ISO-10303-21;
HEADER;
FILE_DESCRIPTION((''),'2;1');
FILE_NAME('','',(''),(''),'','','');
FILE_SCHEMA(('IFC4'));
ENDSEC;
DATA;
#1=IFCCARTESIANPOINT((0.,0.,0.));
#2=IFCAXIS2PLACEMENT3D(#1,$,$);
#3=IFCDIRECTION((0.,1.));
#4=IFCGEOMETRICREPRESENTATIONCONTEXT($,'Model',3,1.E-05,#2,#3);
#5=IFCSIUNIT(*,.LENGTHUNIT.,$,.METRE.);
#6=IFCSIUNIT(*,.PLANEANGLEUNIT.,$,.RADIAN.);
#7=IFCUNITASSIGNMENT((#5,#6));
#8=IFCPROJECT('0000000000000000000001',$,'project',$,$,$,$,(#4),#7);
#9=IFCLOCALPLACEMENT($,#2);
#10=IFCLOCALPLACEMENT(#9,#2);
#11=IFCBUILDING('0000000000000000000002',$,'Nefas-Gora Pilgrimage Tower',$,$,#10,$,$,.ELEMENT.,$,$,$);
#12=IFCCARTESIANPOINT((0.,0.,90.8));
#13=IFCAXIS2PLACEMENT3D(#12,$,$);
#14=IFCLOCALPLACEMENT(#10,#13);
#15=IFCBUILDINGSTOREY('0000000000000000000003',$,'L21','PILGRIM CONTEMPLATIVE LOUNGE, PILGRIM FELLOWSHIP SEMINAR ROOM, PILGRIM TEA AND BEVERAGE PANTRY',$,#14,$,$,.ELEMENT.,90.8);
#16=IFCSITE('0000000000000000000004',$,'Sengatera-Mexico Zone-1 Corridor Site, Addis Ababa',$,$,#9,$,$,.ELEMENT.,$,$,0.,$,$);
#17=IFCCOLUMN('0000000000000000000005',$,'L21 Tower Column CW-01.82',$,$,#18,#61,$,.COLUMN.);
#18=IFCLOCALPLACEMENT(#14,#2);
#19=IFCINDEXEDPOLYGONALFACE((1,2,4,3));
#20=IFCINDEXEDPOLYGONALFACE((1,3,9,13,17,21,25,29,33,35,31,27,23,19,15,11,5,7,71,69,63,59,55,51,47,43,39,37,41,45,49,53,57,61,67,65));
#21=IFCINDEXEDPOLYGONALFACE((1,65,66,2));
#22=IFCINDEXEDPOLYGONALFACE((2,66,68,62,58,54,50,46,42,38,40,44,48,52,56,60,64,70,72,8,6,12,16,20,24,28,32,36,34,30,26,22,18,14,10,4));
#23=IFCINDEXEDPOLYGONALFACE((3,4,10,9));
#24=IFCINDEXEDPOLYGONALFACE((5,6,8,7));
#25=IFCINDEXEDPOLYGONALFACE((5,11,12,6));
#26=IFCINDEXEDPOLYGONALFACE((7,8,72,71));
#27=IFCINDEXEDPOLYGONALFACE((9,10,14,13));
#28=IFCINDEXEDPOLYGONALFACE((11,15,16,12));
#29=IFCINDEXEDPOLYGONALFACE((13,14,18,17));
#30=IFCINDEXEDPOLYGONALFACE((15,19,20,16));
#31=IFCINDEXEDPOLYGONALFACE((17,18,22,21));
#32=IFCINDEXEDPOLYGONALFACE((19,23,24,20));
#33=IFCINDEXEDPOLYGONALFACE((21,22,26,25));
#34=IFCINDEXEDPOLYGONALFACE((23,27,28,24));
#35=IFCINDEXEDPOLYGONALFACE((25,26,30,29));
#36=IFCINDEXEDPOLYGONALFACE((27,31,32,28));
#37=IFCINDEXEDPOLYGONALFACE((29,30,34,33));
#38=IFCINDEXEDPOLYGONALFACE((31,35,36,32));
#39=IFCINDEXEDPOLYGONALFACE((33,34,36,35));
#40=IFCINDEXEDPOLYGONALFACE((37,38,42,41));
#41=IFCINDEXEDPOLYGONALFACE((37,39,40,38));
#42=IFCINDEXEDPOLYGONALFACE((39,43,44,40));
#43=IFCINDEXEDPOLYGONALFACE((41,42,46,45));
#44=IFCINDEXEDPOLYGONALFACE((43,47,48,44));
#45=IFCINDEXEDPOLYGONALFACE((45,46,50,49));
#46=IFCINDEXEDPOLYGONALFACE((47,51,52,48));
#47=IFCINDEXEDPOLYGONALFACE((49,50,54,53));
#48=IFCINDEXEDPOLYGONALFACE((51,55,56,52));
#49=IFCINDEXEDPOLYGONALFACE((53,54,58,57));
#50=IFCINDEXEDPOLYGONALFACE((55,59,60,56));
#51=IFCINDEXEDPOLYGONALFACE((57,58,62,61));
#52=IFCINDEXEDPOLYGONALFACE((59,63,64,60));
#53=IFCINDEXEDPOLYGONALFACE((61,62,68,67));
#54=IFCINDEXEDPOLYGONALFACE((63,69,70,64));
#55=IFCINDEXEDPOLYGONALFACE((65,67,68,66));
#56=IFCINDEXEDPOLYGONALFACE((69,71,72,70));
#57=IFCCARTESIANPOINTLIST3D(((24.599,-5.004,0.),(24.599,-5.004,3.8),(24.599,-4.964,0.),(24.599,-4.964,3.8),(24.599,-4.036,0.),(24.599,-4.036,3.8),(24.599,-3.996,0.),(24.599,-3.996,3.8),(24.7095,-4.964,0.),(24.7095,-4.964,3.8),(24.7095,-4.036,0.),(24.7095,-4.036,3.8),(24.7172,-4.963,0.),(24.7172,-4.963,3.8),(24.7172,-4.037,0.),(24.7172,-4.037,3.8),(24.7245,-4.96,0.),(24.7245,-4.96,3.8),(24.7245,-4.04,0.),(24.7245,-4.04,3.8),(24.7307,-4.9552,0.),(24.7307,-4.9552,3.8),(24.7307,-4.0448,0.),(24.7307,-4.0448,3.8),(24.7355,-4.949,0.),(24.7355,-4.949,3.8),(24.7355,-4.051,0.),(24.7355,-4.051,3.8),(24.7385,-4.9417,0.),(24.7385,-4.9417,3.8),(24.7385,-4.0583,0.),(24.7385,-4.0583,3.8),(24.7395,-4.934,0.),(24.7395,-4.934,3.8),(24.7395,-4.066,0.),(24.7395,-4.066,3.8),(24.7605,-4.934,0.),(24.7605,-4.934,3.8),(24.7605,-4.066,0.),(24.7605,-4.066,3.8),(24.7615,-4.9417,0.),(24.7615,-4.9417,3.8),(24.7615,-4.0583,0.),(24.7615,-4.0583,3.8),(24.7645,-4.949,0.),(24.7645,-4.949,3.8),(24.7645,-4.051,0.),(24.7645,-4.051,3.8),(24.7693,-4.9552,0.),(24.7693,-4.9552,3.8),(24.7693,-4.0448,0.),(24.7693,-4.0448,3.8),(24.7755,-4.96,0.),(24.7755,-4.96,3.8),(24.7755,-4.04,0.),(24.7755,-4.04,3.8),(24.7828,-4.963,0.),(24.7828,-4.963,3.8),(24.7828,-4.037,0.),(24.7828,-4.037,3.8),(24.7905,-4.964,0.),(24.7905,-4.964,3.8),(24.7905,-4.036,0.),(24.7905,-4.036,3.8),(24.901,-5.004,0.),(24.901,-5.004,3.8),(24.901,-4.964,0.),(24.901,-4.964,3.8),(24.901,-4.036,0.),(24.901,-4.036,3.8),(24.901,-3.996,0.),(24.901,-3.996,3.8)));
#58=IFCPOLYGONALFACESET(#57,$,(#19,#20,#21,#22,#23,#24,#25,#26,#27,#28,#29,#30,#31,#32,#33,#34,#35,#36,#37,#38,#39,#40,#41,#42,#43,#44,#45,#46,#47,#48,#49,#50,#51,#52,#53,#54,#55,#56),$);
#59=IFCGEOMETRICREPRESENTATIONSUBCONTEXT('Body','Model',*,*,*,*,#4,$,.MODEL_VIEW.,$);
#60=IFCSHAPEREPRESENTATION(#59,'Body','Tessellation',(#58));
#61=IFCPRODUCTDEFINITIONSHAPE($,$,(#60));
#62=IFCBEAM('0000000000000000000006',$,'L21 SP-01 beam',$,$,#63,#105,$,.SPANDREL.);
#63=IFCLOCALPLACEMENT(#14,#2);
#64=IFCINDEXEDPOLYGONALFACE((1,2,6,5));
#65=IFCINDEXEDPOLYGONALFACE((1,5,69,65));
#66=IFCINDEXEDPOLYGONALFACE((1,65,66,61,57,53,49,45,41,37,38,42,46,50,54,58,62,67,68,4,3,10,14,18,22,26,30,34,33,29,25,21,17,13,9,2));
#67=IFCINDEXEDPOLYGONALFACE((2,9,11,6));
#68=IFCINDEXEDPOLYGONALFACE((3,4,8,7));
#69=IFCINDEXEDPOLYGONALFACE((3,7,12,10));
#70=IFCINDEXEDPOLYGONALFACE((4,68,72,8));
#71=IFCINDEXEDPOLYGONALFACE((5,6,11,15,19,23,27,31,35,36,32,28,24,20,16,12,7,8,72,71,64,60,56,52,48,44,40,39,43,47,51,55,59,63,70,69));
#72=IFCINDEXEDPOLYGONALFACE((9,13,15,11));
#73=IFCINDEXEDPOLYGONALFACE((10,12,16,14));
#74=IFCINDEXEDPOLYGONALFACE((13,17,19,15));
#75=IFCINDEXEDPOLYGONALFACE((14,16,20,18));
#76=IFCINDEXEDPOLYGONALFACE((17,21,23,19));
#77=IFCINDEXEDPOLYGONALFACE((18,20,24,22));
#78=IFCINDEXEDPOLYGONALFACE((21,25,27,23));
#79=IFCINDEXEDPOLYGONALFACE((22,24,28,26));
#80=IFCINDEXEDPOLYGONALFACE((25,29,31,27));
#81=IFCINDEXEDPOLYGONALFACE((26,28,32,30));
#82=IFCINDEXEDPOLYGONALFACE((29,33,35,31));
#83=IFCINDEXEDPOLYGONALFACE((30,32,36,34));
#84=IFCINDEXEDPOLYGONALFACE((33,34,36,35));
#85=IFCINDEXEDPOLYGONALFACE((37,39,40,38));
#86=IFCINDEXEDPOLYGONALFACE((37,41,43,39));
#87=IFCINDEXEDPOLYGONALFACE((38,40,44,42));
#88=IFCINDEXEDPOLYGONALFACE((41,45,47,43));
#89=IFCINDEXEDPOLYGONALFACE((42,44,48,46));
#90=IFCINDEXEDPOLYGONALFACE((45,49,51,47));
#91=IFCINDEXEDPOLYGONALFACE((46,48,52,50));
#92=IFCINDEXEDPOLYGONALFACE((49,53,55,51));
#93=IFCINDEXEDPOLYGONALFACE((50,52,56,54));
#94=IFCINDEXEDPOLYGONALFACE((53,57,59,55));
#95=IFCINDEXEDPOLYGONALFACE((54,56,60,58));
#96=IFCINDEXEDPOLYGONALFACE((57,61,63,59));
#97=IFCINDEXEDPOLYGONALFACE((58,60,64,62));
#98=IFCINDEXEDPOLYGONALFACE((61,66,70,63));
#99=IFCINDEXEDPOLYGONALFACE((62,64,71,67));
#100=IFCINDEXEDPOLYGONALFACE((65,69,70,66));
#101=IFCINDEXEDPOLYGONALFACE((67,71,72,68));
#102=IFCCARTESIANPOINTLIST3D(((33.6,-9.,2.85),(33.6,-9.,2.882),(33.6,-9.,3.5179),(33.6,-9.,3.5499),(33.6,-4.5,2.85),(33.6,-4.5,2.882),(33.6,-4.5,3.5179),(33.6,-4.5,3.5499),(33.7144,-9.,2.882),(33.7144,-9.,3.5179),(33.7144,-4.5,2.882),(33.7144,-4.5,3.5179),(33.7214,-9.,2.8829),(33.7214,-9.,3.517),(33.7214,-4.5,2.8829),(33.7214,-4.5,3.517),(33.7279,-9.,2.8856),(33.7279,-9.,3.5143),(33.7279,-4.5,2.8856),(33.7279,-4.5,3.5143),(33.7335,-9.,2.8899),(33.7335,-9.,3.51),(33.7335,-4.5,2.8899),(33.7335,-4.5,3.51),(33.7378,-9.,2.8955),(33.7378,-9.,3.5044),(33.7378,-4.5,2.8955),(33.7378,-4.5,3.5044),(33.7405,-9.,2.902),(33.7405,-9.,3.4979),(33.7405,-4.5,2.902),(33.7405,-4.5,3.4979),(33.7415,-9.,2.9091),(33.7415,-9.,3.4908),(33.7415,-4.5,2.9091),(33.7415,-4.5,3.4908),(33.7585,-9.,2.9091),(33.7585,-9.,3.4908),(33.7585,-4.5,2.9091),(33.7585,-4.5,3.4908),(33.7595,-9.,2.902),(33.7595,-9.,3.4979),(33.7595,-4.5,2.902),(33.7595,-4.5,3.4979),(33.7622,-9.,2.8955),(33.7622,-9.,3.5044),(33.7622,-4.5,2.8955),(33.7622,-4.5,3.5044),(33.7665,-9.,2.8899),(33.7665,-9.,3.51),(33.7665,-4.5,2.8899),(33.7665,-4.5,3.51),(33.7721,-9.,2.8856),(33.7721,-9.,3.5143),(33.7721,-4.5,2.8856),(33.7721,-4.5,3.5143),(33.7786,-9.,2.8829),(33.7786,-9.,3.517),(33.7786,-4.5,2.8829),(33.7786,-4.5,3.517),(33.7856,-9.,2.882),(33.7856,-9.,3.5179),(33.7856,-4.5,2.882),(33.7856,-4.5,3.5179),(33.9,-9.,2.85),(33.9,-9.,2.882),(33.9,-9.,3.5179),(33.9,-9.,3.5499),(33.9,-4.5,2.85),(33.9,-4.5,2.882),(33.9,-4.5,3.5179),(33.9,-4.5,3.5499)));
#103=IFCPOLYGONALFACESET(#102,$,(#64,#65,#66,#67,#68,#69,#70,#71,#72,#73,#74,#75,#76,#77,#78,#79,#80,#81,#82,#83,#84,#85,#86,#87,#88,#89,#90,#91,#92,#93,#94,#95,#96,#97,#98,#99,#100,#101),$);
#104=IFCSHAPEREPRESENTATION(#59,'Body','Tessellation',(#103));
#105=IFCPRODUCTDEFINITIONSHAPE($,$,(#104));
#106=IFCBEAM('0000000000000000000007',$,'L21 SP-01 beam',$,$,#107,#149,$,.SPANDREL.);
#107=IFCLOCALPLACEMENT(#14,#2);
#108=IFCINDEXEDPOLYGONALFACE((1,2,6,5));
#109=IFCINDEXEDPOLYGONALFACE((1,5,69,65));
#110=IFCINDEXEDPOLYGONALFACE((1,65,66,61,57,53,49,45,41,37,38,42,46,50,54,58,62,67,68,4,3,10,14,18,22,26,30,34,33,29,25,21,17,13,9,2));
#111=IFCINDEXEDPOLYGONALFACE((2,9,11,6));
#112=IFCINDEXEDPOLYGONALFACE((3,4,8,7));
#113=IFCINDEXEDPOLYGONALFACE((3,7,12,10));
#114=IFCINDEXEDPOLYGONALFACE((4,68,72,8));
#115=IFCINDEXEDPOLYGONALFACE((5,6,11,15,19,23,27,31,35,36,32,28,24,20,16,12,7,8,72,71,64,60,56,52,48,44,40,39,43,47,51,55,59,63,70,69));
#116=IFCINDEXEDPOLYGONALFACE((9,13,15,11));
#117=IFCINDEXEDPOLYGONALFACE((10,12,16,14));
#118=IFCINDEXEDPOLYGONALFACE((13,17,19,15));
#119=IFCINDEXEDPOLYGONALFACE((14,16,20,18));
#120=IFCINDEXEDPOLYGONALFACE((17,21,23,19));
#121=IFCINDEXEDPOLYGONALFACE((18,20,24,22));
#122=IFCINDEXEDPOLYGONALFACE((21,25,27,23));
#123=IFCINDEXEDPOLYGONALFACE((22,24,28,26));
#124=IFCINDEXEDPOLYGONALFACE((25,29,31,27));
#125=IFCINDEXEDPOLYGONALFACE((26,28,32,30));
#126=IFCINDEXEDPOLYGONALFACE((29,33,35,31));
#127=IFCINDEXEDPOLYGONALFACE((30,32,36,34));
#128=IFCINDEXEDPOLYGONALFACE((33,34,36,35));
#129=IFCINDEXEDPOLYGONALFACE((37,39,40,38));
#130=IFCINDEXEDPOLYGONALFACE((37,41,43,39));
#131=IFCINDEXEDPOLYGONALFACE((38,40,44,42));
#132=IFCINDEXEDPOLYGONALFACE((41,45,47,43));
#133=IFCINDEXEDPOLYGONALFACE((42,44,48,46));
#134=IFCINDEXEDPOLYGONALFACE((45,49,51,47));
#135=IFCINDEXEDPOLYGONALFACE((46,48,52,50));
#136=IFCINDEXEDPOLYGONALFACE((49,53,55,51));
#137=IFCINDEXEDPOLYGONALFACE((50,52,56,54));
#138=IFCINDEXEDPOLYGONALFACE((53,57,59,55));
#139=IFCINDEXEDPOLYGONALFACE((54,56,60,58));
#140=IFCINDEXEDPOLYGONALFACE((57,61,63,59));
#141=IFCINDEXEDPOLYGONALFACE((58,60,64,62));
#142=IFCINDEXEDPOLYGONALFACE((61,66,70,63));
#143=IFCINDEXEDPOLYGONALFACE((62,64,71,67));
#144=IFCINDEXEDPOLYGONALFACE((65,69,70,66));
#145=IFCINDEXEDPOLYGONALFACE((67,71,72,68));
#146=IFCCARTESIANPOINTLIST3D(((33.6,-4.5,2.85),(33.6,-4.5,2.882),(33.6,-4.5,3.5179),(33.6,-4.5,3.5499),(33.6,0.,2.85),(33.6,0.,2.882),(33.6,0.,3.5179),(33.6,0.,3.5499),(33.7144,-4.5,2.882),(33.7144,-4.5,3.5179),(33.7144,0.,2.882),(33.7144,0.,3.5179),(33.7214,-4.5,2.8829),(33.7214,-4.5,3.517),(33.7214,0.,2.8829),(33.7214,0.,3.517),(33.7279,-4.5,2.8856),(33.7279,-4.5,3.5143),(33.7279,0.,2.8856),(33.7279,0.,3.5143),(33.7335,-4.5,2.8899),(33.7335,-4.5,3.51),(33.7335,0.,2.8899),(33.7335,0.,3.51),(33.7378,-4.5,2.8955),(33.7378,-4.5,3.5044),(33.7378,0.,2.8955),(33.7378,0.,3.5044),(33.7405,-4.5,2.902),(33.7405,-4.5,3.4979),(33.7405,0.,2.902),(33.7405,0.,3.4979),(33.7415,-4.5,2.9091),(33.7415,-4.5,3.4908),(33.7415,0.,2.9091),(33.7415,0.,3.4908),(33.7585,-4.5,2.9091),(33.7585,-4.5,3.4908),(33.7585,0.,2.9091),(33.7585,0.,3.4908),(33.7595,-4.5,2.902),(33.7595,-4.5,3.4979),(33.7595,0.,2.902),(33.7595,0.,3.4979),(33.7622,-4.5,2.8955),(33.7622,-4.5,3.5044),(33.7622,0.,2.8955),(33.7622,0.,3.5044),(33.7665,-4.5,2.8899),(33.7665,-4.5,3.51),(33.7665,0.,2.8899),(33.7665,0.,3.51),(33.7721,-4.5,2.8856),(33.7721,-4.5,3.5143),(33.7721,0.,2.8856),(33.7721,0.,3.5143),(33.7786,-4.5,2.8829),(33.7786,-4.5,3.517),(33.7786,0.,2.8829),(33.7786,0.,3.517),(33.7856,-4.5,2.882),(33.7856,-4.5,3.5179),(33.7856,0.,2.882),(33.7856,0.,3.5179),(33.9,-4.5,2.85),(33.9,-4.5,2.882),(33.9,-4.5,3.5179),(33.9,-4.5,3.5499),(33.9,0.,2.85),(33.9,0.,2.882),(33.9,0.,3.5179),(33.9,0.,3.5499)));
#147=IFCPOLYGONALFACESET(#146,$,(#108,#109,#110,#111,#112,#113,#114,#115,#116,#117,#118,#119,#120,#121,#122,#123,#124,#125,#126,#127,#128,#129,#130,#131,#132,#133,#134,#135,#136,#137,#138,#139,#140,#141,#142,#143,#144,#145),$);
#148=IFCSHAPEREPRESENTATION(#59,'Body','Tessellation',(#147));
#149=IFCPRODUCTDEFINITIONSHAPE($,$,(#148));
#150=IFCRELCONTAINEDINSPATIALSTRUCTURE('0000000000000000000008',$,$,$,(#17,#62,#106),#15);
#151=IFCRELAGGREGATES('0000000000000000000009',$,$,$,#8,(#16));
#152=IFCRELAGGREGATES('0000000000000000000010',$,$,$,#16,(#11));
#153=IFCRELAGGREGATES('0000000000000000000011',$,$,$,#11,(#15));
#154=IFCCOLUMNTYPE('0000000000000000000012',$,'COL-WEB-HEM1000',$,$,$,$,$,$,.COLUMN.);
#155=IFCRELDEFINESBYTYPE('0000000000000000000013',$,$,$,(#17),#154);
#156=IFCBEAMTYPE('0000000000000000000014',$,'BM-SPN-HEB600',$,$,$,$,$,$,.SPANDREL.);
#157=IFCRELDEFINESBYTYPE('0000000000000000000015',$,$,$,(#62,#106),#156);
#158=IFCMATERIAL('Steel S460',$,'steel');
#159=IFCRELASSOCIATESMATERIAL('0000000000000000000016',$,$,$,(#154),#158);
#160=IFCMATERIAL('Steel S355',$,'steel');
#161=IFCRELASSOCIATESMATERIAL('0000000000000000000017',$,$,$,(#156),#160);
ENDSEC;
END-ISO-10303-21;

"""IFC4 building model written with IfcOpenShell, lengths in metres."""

from ifc_helpers import new_model, si_unit, direction, frame, origin, origin_2d, place, context, subcontext, project, spatial, i_section, extrude, source, transform, mapped, material, material_profile, profile_set, type_object, element, save


model = new_model("IFC4")

# Units and contexts
model_context = context("Model", 3, precision=1e-05, world=origin(), true_north=direction((0.0, 1.0)))
body_context = subcontext(model_context, "Body", "Model", "MODEL_VIEW")
ifc_project = project(units=[si_unit("LENGTHUNIT", "METRE"), si_unit("PLANEANGLEUNIT", "RADIAN")], contexts=[model_context])

# Site, building, storey
site_placement = place(None, origin())
site = spatial("IfcSite", under=ifc_project, at=site_placement, Name="Sengatera-Mexico Zone-1 Corridor Site, Addis Ababa", CompositionType="ELEMENT", RefElevation=0.0)
building_placement = place(site_placement, origin())
building = spatial("IfcBuilding", under=site, at=building_placement, Name="Nefas-Gora Pilgrimage Tower", CompositionType="ELEMENT")
storey_placement = place(building_placement, frame((0.0, 0.0, 90.8)))
storey = spatial("IfcBuildingStorey", under=building, at=storey_placement, Name="L21", Description="PILGRIM CONTEMPLATIVE LOUNGE, PILGRIM FELLOWSHIP SEMINAR ROOM, PILGRIM TEA AND BEVERAGE PANTRY", CompositionType="ELEMENT", Elevation=90.8)

# Column
ifc_material_1 = material(Name="Steel S460", Category="steel")
ifc_material_profile_1 = material_profile(ifc_material_1, i_section(OverallWidth=0.302, OverallDepth=1.0081, WebThickness=0.021, FlangeThickness=0.04, FilletRadius=0.03, at=origin_2d()), Name="HEM 1000")
ifc_profile_set_1 = profile_set([ifc_material_profile_1], Name="Steel S460")
column_type_1 = type_object("IfcColumnType", Name="COL-WEB-HEM1000", PredefinedType="COLUMN", material=ifc_profile_set_1)
shared_shape_1 = source(origin(), body_context, "Body", "SweptSolid", [
    extrude(i_section(OverallWidth=0.302, OverallDepth=1.0081, WebThickness=0.021, FlangeThickness=0.04, FilletRadius=0.03, at=origin_2d()), origin(), (0.0, 0.0, 1.0), 3.8),
])
for number, where, z_axis, x_axis, name in (
    (1, (24.75, -4.5, 0.0), (0.0, 0.0, 1.0), (1.0, 0.0, 0.0), "L21 Tower Column CW-01.82"),
):
    element("IfcColumn", number, at=place(storey_placement, frame(where, z_axis=z_axis, x_axis=x_axis)), inside=storey, type_object=column_type_1, Name=name, PredefinedType="COLUMN", context=body_context, shape_type="MappedRepresentation", body=[
        mapped(shared_shape_1, transform((0.0, 0.0, 0.0), x_axis=(1.0, 0.0, 0.0), y_axis=(0.0, 1.0, 0.0), z_axis=(0.0, 0.0, 1.0), scale=1.0)),
    ])

# Beams
ifc_material_2 = material(Name="Steel S355", Category="steel")
ifc_material_profile_2 = material_profile(ifc_material_2, i_section(OverallWidth=0.3, OverallDepth=0.7, WebThickness=0.0171, FlangeThickness=0.032, FilletRadius=0.0271, at=origin_2d()), Name="HEB 700")
ifc_profile_set_2 = profile_set([ifc_material_profile_2], Name="Steel S355")
beam_type_1 = type_object("IfcBeamType", Name="BM-SPN-HEB600", PredefinedType="SPANDREL", material=ifc_profile_set_2)
shared_shape_2 = source(origin(), body_context, "Body", "SweptSolid", [
    extrude(i_section(OverallWidth=0.3, OverallDepth=0.7, WebThickness=0.0171, FlangeThickness=0.032, FilletRadius=0.0271, at=origin_2d()), origin(), (0.0, 0.0, 1.0), 4.5),
])
for number, where, z_axis, x_axis, name in (
    (2, (33.75, -9.0, 3.2), (0.0, 1.0, 0.0), (-1.0, 0.0, 0.0), "L21 SP-01 beam"),
    (3, (33.75, -4.5, 3.2), (0.0, 1.0, 0.0), (-1.0, 0.0, 0.0), "L21 SP-01 beam"),
):
    element("IfcBeam", number, at=place(storey_placement, frame(where, z_axis=z_axis, x_axis=x_axis)), inside=storey, type_object=beam_type_1, Name=name, PredefinedType="SPANDREL", context=body_context, shape_type="MappedRepresentation", body=[
        mapped(shared_shape_2, transform((0.0, 0.0, 0.0), x_axis=(1.0, 0.0, 0.0), y_axis=(0.0, 1.0, 0.0), z_axis=(0.0, 0.0, 1.0), scale=1.0)),
    ])

save(model, "model.ifc")
